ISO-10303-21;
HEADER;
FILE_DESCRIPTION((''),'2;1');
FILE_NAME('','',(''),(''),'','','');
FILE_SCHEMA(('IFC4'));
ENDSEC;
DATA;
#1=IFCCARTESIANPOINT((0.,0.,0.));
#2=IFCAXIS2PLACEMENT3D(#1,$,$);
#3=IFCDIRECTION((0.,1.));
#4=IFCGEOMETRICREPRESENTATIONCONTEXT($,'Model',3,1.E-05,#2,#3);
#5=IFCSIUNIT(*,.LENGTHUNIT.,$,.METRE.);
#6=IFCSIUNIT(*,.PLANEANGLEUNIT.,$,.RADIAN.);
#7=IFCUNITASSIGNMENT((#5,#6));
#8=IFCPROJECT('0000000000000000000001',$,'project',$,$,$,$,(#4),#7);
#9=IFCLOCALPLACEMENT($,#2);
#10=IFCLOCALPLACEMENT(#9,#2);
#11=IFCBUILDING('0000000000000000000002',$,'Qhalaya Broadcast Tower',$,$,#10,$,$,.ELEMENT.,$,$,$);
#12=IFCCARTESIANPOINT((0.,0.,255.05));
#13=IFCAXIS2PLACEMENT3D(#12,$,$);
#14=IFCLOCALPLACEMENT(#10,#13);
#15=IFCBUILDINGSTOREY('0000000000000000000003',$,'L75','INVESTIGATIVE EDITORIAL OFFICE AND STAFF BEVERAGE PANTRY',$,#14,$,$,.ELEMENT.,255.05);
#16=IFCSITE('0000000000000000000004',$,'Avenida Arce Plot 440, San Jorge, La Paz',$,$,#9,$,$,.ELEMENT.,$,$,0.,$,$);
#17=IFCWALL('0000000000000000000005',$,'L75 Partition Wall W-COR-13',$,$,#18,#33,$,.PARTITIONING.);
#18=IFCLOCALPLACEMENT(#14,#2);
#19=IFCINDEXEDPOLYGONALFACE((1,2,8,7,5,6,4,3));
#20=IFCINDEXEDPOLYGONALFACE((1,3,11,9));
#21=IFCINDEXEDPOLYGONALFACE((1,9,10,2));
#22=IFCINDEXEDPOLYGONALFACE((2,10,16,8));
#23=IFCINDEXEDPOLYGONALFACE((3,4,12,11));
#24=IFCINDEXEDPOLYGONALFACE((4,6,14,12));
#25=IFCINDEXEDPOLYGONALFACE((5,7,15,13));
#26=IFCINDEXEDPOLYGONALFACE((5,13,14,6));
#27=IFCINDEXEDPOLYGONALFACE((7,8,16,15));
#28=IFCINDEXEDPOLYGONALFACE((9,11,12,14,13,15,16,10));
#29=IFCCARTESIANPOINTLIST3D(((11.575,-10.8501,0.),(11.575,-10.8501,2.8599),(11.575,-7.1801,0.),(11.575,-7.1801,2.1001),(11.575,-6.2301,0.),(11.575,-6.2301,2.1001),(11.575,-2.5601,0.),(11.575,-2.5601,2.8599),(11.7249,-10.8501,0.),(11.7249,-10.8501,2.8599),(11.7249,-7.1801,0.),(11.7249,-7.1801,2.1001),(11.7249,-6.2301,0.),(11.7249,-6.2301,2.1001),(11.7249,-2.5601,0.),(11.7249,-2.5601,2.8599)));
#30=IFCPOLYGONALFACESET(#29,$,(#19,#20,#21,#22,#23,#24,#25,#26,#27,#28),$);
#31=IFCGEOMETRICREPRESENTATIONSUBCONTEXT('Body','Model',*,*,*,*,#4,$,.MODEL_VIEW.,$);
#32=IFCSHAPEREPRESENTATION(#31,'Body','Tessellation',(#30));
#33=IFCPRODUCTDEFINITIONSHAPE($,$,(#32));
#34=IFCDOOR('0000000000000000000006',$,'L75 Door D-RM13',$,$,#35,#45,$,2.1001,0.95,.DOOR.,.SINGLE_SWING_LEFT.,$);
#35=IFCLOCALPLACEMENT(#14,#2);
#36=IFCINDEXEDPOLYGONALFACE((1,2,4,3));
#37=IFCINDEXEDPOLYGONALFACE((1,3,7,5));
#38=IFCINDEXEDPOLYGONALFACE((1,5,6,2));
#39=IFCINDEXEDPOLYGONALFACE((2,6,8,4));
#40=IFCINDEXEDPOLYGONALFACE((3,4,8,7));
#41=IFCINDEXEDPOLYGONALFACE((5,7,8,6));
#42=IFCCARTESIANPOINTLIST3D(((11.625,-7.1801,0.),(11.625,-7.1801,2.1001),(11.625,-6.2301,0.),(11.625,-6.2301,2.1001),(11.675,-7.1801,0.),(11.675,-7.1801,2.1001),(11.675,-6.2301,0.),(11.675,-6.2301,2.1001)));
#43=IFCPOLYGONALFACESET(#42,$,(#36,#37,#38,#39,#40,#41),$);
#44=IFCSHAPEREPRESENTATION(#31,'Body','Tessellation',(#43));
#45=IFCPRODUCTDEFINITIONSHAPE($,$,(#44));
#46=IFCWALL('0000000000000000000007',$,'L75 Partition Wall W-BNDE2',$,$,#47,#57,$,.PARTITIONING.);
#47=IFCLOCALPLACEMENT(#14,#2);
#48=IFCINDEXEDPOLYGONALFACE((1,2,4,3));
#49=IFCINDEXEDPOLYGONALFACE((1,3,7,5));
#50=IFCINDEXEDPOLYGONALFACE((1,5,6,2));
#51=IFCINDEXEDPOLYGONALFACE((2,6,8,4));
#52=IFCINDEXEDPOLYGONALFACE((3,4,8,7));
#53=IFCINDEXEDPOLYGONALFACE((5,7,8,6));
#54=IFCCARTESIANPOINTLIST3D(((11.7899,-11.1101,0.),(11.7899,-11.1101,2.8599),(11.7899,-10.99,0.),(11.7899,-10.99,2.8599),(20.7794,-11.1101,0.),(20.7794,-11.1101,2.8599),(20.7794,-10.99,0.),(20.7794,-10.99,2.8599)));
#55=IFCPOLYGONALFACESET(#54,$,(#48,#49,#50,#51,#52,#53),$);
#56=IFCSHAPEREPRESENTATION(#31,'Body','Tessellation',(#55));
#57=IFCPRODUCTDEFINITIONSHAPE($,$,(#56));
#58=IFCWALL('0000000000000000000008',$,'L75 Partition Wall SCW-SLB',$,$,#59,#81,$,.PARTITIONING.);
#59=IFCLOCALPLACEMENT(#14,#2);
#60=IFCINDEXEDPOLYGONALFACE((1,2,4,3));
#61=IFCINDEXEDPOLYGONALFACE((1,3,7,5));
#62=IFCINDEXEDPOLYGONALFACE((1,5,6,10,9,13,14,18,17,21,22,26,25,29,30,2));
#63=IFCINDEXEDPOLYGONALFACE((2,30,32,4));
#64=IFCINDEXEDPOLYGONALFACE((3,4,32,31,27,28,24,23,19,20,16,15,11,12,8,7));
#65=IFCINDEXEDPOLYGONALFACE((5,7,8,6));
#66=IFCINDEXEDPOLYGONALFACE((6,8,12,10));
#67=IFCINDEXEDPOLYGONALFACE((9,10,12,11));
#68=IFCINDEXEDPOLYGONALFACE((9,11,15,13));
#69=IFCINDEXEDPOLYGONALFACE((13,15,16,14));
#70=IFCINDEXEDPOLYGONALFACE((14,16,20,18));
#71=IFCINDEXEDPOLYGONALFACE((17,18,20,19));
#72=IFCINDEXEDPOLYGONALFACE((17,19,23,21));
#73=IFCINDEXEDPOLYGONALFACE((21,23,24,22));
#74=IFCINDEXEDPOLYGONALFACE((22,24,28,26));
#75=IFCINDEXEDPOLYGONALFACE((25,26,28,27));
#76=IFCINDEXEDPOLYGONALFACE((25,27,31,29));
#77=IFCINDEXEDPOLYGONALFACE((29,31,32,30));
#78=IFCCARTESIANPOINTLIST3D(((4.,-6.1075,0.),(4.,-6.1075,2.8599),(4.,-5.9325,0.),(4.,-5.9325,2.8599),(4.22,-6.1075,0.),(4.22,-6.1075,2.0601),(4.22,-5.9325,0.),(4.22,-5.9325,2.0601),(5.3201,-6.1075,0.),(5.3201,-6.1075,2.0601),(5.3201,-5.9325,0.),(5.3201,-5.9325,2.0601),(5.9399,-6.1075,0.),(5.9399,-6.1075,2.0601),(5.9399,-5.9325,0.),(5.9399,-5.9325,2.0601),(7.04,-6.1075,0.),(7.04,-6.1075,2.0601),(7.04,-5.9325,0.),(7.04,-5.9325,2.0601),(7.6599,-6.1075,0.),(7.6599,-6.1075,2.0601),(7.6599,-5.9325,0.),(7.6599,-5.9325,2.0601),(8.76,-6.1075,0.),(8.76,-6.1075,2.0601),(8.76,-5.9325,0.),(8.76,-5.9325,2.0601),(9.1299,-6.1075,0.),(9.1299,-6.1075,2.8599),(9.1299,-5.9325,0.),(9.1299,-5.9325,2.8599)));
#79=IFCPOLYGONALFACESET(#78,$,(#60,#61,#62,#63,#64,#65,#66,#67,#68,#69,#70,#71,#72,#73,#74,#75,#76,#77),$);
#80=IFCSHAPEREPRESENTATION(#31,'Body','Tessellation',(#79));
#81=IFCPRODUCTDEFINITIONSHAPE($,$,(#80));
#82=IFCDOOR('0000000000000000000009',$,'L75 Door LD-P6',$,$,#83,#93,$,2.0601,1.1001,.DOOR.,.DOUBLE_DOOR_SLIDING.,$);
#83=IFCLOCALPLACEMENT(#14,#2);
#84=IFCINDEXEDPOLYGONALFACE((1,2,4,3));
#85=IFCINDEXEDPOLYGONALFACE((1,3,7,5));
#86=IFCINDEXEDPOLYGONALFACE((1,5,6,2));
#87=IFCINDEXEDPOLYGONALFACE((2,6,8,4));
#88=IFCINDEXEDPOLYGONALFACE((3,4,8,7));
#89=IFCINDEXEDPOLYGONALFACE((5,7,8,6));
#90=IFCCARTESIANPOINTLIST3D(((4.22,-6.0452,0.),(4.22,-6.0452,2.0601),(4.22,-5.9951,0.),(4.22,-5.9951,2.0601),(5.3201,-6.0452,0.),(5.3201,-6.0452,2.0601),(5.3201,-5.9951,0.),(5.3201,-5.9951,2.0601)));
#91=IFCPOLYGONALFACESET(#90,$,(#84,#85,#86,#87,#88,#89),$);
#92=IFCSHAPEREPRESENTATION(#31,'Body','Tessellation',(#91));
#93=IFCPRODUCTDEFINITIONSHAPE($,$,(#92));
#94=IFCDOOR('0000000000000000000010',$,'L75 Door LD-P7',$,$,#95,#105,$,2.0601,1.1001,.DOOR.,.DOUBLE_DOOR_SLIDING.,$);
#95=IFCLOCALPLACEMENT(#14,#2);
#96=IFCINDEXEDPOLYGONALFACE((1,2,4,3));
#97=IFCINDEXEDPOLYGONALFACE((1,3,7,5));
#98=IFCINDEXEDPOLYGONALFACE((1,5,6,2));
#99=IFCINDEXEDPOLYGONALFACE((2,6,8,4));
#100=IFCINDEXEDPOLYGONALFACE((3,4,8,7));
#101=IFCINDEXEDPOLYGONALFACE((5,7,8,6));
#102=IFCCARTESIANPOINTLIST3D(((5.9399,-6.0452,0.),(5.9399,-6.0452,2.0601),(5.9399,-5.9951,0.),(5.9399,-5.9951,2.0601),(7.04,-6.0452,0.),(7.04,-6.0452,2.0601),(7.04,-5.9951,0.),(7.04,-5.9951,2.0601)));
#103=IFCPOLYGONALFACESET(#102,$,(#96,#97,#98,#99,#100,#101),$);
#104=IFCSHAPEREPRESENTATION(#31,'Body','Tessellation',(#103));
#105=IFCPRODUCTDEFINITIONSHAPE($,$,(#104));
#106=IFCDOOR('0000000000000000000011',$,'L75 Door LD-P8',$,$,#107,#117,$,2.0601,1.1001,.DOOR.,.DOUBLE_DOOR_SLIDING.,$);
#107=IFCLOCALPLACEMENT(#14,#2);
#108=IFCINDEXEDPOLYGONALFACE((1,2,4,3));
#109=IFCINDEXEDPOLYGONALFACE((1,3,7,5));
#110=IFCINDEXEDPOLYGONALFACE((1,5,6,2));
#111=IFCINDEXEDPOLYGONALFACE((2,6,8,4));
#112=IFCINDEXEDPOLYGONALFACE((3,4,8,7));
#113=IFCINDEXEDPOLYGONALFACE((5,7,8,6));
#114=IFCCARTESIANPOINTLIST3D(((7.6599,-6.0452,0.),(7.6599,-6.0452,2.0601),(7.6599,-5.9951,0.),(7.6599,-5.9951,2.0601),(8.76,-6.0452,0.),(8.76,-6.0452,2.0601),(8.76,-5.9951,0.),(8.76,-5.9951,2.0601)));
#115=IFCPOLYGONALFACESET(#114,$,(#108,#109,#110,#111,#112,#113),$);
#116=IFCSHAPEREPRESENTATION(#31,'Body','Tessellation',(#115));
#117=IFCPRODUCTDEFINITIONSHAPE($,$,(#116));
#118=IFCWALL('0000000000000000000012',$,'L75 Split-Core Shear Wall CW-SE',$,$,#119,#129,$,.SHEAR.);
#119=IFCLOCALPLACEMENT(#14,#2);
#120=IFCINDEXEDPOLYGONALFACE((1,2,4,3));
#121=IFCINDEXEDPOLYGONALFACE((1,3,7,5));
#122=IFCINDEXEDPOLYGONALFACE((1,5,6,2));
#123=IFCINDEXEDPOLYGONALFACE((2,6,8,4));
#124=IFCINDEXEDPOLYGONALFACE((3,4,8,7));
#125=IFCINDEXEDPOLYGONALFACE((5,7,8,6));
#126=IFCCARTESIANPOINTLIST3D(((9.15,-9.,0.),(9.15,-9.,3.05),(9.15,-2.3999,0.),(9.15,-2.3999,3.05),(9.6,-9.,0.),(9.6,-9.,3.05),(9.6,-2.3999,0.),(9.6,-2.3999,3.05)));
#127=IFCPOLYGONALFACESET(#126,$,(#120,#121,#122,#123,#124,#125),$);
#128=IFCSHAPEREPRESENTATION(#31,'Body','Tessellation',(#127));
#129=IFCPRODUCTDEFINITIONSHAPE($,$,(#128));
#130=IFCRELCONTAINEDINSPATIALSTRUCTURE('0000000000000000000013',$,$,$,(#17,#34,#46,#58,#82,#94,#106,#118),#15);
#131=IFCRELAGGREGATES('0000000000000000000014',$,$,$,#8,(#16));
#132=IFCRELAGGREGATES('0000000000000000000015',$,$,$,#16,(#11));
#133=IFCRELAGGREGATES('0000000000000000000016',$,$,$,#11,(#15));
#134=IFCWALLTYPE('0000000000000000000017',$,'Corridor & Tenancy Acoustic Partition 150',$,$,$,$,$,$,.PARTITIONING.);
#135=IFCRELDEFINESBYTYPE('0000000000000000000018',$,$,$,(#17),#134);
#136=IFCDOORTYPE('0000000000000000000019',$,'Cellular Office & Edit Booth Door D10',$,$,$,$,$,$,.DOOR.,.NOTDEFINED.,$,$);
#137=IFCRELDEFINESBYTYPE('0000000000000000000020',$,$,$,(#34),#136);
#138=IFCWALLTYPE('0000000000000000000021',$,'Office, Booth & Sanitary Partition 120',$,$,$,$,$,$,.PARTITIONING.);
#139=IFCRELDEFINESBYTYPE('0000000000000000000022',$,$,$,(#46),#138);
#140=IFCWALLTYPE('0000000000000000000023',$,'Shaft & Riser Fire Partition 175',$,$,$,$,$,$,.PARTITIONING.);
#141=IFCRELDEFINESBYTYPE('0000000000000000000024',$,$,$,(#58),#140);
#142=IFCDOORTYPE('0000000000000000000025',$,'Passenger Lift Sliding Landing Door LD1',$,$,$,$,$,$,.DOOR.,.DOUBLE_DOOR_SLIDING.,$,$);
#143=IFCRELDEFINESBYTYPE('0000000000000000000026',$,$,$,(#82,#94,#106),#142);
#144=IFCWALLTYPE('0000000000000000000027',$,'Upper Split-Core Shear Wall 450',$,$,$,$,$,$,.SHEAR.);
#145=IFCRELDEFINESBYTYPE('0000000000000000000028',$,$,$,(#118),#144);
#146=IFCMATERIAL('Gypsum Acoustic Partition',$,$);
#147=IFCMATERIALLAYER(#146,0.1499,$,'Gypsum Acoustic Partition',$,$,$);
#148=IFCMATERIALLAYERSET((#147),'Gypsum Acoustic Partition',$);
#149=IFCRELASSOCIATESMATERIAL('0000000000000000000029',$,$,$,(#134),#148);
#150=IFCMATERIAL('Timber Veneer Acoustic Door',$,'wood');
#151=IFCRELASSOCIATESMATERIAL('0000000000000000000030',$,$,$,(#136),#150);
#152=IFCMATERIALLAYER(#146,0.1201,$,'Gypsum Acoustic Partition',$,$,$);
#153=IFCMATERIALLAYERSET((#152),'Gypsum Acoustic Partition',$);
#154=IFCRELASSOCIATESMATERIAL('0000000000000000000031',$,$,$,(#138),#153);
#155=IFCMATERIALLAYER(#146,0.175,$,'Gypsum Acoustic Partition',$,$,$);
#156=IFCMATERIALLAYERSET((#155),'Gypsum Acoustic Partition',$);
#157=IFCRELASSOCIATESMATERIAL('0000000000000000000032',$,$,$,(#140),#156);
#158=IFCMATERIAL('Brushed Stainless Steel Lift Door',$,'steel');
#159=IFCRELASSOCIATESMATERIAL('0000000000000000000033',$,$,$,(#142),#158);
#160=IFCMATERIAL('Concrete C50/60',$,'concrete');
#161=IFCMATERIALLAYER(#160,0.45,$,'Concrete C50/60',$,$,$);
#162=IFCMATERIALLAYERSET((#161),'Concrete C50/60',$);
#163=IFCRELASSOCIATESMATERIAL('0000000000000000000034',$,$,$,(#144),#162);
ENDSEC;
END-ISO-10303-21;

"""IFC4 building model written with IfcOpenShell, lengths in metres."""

from ifc_helpers import new_model, si_unit, direction, frame, frame_2d, origin, place, context, subcontext, project, spatial, rectangle, extrude, material, layer, layer_set, type_object, element, fill, save


model = new_model("IFC4")

# Units and contexts
model_context = context("Model", 3, precision=1e-05, world=origin(), true_north=direction((0.0, 1.0)))
body_context = subcontext(model_context, "Body", "Model", "MODEL_VIEW")
ifc_project = project(units=[si_unit("LENGTHUNIT", "METRE"), si_unit("PLANEANGLEUNIT", "RADIAN")], contexts=[model_context])

# Site, building, storey
site_placement = place(None, origin())
site = spatial("IfcSite", under=ifc_project, at=site_placement, Name="Avenida Arce Plot 440, San Jorge, La Paz", CompositionType="ELEMENT", RefElevation=0.0)
building_placement = place(site_placement, origin())
building = spatial("IfcBuilding", under=site, at=building_placement, Name="Qhalaya Broadcast Tower", CompositionType="ELEMENT")
storey_placement = place(building_placement, frame((0.0, 0.0, 255.05)))
storey = spatial("IfcBuildingStorey", under=building, at=storey_placement, Name="L75", Description="INVESTIGATIVE EDITORIAL OFFICE AND STAFF BEVERAGE PANTRY", CompositionType="ELEMENT", Elevation=255.05)

# Shared definitions
ifc_material_1 = material(Name="Concrete C50/60", Category="concrete")

# Shared definitions
ifc_material_2 = material(Name="Gypsum Acoustic Partition")
ifc_layer_1 = layer(ifc_material_2, 0.1499, Name="Gypsum Acoustic Partition")
ifc_layer_set_1 = layer_set([ifc_layer_1], Name="Gypsum Acoustic Partition")
wall_type_1 = type_object("IfcWallType", Name="Corridor & Tenancy Acoustic Partition 150", PredefinedType="PARTITIONING", material=ifc_layer_set_1)

# Wall, opening, door
ifc_material_3 = material(Name="Timber Veneer Acoustic Door", Category="wood")
door_type_1 = type_object("IfcDoorType", Name="Cellular Office & Edit Booth Door D10", OperationType="NOTDEFINED", PredefinedType="DOOR", material=ifc_material_3)
wall_1_placement = place(storey_placement, frame((11.6499, -10.8501, 0.0), z_axis=(0.0, 0.0, 1.0), x_axis=(0.0, 1.0, 0.0)))
wall_1 = element("IfcWall", 1, at=wall_1_placement, inside=storey, type_object=wall_type_1, Name="L75 Partition Wall W-COR-13", PredefinedType="PARTITIONING", context=body_context, shape_type="SweptSolid", body=[
    extrude(rectangle(XDim=8.29, YDim=0.1499, at=frame_2d((4.145, 0.0))), origin(), (0.0, 0.0, 1.0), 2.8599),
])
opening_1_placement = place(wall_1_placement, frame((3.6699, 0.0, 0.0)))
opening_1 = element("IfcOpeningElement", 2, at=opening_1_placement, cuts=wall_1, PredefinedType="OPENING", context=body_context, shape_type="SweptSolid", body=[
    extrude(rectangle(XDim=0.95, YDim=2.1001, at=frame_2d((0.4751, 1.05))), frame((0.0, 0.0869, 0.0), z_axis=(0.0, -1.0, 0.0), x_axis=(1.0, 0.0, 0.0)), (0.0, 0.0, 1.0), 0.1738),
])
door_1_placement = place(opening_1_placement, origin())
door_1 = element("IfcDoor", 3, at=door_1_placement, inside=storey, type_object=door_type_1, Name="L75 Door D-RM13", OperationType="SINGLE_SWING_LEFT", OverallHeight=2.1001, OverallWidth=0.95, PredefinedType="DOOR", context=body_context, shape_type="SweptSolid", body=[
    extrude(rectangle(XDim=0.95, YDim=2.1001, at=frame_2d((0.4751, 1.05))), frame((0.0, 0.0249, 0.0), z_axis=(0.0, -1.0, 0.0), x_axis=(1.0, 0.0, 0.0)), (0.0, 0.0, 1.0), 0.05),
])
fill(opening_1, door_1)

# Wall
ifc_layer_2 = layer(ifc_material_2, 0.1201, Name="Gypsum Acoustic Partition")
ifc_layer_set_2 = layer_set([ifc_layer_2], Name="Gypsum Acoustic Partition")
wall_type_2 = type_object("IfcWallType", Name="Office, Booth & Sanitary Partition 120", PredefinedType="PARTITIONING", material=ifc_layer_set_2)
wall_2_placement = place(storey_placement, frame((11.79, -11.05, 0.0), z_axis=(0.0, 0.0, 1.0), x_axis=(1.0, 0.0, 0.0)))
element("IfcWall", 4, at=wall_2_placement, inside=storey, type_object=wall_type_2, Name="L75 Partition Wall W-BNDE2", PredefinedType="PARTITIONING", context=body_context, shape_type="SweptSolid", body=[
    extrude(rectangle(XDim=8.9895, YDim=0.1201, at=frame_2d((4.4946, 0.0))), origin(), (0.0, 0.0, 1.0), 2.8599),
])

# Wall, openings, doors
ifc_layer_3 = layer(ifc_material_2, 0.175, Name="Gypsum Acoustic Partition")
ifc_layer_set_3 = layer_set([ifc_layer_3], Name="Gypsum Acoustic Partition")
wall_type_3 = type_object("IfcWallType", Name="Shaft & Riser Fire Partition 175", PredefinedType="PARTITIONING", material=ifc_layer_set_3)
wall_3_placement = place(storey_placement, frame((4.0, -6.02, 0.0), z_axis=(0.0, 0.0, 1.0), x_axis=(1.0, 0.0, 0.0)))
wall_3 = element("IfcWall", 5, at=wall_3_placement, inside=storey, type_object=wall_type_3, Name="L75 Partition Wall SCW-SLB", PredefinedType="PARTITIONING", context=body_context, shape_type="SweptSolid", body=[
    extrude(rectangle(XDim=5.1299, YDim=0.175, at=frame_2d((2.5649, 0.0))), origin(), (0.0, 0.0, 1.0), 2.8599),
])
opening_2_placement = place(wall_3_placement, frame((0.22, 0.0, 0.0)))
opening_2 = element("IfcOpeningElement", 6, at=opening_2_placement, cuts=wall_3, PredefinedType="OPENING", context=body_context, shape_type="SweptSolid", body=[
    extrude(rectangle(XDim=1.1001, YDim=2.0601, at=frame_2d((0.55, 1.03))), frame((0.0, 0.0996, 0.0), z_axis=(0.0, -1.0, 0.0), x_axis=(1.0, 0.0, 0.0)), (0.0, 0.0, 1.0), 0.199),
])
opening_3_placement = place(wall_3_placement, frame((1.9399, 0.0, 0.0)))
opening_3 = element("IfcOpeningElement", 7, at=opening_3_placement, cuts=wall_3, PredefinedType="OPENING", context=body_context, shape_type="SweptSolid", body=[
    extrude(rectangle(XDim=1.1001, YDim=2.0601, at=frame_2d((0.55, 1.03))), frame((0.0, 0.0996, 0.0), z_axis=(0.0, -1.0, 0.0), x_axis=(1.0, 0.0, 0.0)), (0.0, 0.0, 1.0), 0.199),
])
opening_4_placement = place(wall_3_placement, frame((3.6599, 0.0, 0.0)))
opening_4 = element("IfcOpeningElement", 8, at=opening_4_placement, cuts=wall_3, PredefinedType="OPENING", context=body_context, shape_type="SweptSolid", body=[
    extrude(rectangle(XDim=1.1001, YDim=2.0601, at=frame_2d((0.55, 1.03))), frame((0.0, 0.0996, 0.0), z_axis=(0.0, -1.0, 0.0), x_axis=(1.0, 0.0, 0.0)), (0.0, 0.0, 1.0), 0.199),
])
ifc_material_4 = material(Name="Brushed Stainless Steel Lift Door", Category="steel")
door_type_2 = type_object("IfcDoorType", Name="Passenger Lift Sliding Landing Door LD1", OperationType="DOUBLE_DOOR_SLIDING", PredefinedType="DOOR", material=ifc_material_4)
door_2_placement = place(opening_2_placement, origin())
door_2 = element("IfcDoor", 9, at=door_2_placement, inside=storey, type_object=door_type_2, Name="L75 Door LD-P6", OperationType="DOUBLE_DOOR_SLIDING", OverallHeight=2.0601, OverallWidth=1.1001, PredefinedType="DOOR", context=body_context, shape_type="SweptSolid", body=[
    extrude(rectangle(XDim=1.1001, YDim=2.0601, at=frame_2d((0.55, 1.03))), frame((0.0, 0.0249, 0.0), z_axis=(0.0, -1.0, 0.0), x_axis=(1.0, 0.0, 0.0)), (0.0, 0.0, 1.0), 0.05),
])
fill(opening_2, door_2)
door_3_placement = place(opening_3_placement, origin())
door_3 = element("IfcDoor", 10, at=door_3_placement, inside=storey, type_object=door_type_2, Name="L75 Door LD-P7", OperationType="DOUBLE_DOOR_SLIDING", OverallHeight=2.0601, OverallWidth=1.1001, PredefinedType="DOOR", context=body_context, shape_type="SweptSolid", body=[
    extrude(rectangle(XDim=1.1001, YDim=2.0601, at=frame_2d((0.55, 1.03))), frame((0.0, 0.0249, 0.0), z_axis=(0.0, -1.0, 0.0), x_axis=(1.0, 0.0, 0.0)), (0.0, 0.0, 1.0), 0.05),
])
fill(opening_3, door_3)
door_4_placement = place(opening_4_placement, origin())
door_4 = element("IfcDoor", 11, at=door_4_placement, inside=storey, type_object=door_type_2, Name="L75 Door LD-P8", OperationType="DOUBLE_DOOR_SLIDING", OverallHeight=2.0601, OverallWidth=1.1001, PredefinedType="DOOR", context=body_context, shape_type="SweptSolid", body=[
    extrude(rectangle(XDim=1.1001, YDim=2.0601, at=frame_2d((0.55, 1.03))), frame((0.0, 0.0249, 0.0), z_axis=(0.0, -1.0, 0.0), x_axis=(1.0, 0.0, 0.0)), (0.0, 0.0, 1.0), 0.05),
])
fill(opening_4, door_4)

# Wall
ifc_layer_4 = layer(ifc_material_1, 0.45, Name="Concrete C50/60")
ifc_layer_set_4 = layer_set([ifc_layer_4], Name="Concrete C50/60")
wall_type_4 = type_object("IfcWallType", Name="Upper Split-Core Shear Wall 450", PredefinedType="SHEAR", material=ifc_layer_set_4)
wall_4_placement = place(storey_placement, frame((9.375, -9.0, 0.0), z_axis=(0.0, 0.0, 1.0), x_axis=(0.0, 1.0, 0.0)))
element("IfcWall", 12, at=wall_4_placement, inside=storey, type_object=wall_type_4, Name="L75 Split-Core Shear Wall CW-SE", PredefinedType="SHEAR", context=body_context, shape_type="SweptSolid", body=[
    extrude(rectangle(XDim=6.6001, YDim=0.45, at=frame_2d((3.3, 0.0))), origin(), (0.0, 0.0, 1.0), 3.05),
])

save(model, "model.ifc")
